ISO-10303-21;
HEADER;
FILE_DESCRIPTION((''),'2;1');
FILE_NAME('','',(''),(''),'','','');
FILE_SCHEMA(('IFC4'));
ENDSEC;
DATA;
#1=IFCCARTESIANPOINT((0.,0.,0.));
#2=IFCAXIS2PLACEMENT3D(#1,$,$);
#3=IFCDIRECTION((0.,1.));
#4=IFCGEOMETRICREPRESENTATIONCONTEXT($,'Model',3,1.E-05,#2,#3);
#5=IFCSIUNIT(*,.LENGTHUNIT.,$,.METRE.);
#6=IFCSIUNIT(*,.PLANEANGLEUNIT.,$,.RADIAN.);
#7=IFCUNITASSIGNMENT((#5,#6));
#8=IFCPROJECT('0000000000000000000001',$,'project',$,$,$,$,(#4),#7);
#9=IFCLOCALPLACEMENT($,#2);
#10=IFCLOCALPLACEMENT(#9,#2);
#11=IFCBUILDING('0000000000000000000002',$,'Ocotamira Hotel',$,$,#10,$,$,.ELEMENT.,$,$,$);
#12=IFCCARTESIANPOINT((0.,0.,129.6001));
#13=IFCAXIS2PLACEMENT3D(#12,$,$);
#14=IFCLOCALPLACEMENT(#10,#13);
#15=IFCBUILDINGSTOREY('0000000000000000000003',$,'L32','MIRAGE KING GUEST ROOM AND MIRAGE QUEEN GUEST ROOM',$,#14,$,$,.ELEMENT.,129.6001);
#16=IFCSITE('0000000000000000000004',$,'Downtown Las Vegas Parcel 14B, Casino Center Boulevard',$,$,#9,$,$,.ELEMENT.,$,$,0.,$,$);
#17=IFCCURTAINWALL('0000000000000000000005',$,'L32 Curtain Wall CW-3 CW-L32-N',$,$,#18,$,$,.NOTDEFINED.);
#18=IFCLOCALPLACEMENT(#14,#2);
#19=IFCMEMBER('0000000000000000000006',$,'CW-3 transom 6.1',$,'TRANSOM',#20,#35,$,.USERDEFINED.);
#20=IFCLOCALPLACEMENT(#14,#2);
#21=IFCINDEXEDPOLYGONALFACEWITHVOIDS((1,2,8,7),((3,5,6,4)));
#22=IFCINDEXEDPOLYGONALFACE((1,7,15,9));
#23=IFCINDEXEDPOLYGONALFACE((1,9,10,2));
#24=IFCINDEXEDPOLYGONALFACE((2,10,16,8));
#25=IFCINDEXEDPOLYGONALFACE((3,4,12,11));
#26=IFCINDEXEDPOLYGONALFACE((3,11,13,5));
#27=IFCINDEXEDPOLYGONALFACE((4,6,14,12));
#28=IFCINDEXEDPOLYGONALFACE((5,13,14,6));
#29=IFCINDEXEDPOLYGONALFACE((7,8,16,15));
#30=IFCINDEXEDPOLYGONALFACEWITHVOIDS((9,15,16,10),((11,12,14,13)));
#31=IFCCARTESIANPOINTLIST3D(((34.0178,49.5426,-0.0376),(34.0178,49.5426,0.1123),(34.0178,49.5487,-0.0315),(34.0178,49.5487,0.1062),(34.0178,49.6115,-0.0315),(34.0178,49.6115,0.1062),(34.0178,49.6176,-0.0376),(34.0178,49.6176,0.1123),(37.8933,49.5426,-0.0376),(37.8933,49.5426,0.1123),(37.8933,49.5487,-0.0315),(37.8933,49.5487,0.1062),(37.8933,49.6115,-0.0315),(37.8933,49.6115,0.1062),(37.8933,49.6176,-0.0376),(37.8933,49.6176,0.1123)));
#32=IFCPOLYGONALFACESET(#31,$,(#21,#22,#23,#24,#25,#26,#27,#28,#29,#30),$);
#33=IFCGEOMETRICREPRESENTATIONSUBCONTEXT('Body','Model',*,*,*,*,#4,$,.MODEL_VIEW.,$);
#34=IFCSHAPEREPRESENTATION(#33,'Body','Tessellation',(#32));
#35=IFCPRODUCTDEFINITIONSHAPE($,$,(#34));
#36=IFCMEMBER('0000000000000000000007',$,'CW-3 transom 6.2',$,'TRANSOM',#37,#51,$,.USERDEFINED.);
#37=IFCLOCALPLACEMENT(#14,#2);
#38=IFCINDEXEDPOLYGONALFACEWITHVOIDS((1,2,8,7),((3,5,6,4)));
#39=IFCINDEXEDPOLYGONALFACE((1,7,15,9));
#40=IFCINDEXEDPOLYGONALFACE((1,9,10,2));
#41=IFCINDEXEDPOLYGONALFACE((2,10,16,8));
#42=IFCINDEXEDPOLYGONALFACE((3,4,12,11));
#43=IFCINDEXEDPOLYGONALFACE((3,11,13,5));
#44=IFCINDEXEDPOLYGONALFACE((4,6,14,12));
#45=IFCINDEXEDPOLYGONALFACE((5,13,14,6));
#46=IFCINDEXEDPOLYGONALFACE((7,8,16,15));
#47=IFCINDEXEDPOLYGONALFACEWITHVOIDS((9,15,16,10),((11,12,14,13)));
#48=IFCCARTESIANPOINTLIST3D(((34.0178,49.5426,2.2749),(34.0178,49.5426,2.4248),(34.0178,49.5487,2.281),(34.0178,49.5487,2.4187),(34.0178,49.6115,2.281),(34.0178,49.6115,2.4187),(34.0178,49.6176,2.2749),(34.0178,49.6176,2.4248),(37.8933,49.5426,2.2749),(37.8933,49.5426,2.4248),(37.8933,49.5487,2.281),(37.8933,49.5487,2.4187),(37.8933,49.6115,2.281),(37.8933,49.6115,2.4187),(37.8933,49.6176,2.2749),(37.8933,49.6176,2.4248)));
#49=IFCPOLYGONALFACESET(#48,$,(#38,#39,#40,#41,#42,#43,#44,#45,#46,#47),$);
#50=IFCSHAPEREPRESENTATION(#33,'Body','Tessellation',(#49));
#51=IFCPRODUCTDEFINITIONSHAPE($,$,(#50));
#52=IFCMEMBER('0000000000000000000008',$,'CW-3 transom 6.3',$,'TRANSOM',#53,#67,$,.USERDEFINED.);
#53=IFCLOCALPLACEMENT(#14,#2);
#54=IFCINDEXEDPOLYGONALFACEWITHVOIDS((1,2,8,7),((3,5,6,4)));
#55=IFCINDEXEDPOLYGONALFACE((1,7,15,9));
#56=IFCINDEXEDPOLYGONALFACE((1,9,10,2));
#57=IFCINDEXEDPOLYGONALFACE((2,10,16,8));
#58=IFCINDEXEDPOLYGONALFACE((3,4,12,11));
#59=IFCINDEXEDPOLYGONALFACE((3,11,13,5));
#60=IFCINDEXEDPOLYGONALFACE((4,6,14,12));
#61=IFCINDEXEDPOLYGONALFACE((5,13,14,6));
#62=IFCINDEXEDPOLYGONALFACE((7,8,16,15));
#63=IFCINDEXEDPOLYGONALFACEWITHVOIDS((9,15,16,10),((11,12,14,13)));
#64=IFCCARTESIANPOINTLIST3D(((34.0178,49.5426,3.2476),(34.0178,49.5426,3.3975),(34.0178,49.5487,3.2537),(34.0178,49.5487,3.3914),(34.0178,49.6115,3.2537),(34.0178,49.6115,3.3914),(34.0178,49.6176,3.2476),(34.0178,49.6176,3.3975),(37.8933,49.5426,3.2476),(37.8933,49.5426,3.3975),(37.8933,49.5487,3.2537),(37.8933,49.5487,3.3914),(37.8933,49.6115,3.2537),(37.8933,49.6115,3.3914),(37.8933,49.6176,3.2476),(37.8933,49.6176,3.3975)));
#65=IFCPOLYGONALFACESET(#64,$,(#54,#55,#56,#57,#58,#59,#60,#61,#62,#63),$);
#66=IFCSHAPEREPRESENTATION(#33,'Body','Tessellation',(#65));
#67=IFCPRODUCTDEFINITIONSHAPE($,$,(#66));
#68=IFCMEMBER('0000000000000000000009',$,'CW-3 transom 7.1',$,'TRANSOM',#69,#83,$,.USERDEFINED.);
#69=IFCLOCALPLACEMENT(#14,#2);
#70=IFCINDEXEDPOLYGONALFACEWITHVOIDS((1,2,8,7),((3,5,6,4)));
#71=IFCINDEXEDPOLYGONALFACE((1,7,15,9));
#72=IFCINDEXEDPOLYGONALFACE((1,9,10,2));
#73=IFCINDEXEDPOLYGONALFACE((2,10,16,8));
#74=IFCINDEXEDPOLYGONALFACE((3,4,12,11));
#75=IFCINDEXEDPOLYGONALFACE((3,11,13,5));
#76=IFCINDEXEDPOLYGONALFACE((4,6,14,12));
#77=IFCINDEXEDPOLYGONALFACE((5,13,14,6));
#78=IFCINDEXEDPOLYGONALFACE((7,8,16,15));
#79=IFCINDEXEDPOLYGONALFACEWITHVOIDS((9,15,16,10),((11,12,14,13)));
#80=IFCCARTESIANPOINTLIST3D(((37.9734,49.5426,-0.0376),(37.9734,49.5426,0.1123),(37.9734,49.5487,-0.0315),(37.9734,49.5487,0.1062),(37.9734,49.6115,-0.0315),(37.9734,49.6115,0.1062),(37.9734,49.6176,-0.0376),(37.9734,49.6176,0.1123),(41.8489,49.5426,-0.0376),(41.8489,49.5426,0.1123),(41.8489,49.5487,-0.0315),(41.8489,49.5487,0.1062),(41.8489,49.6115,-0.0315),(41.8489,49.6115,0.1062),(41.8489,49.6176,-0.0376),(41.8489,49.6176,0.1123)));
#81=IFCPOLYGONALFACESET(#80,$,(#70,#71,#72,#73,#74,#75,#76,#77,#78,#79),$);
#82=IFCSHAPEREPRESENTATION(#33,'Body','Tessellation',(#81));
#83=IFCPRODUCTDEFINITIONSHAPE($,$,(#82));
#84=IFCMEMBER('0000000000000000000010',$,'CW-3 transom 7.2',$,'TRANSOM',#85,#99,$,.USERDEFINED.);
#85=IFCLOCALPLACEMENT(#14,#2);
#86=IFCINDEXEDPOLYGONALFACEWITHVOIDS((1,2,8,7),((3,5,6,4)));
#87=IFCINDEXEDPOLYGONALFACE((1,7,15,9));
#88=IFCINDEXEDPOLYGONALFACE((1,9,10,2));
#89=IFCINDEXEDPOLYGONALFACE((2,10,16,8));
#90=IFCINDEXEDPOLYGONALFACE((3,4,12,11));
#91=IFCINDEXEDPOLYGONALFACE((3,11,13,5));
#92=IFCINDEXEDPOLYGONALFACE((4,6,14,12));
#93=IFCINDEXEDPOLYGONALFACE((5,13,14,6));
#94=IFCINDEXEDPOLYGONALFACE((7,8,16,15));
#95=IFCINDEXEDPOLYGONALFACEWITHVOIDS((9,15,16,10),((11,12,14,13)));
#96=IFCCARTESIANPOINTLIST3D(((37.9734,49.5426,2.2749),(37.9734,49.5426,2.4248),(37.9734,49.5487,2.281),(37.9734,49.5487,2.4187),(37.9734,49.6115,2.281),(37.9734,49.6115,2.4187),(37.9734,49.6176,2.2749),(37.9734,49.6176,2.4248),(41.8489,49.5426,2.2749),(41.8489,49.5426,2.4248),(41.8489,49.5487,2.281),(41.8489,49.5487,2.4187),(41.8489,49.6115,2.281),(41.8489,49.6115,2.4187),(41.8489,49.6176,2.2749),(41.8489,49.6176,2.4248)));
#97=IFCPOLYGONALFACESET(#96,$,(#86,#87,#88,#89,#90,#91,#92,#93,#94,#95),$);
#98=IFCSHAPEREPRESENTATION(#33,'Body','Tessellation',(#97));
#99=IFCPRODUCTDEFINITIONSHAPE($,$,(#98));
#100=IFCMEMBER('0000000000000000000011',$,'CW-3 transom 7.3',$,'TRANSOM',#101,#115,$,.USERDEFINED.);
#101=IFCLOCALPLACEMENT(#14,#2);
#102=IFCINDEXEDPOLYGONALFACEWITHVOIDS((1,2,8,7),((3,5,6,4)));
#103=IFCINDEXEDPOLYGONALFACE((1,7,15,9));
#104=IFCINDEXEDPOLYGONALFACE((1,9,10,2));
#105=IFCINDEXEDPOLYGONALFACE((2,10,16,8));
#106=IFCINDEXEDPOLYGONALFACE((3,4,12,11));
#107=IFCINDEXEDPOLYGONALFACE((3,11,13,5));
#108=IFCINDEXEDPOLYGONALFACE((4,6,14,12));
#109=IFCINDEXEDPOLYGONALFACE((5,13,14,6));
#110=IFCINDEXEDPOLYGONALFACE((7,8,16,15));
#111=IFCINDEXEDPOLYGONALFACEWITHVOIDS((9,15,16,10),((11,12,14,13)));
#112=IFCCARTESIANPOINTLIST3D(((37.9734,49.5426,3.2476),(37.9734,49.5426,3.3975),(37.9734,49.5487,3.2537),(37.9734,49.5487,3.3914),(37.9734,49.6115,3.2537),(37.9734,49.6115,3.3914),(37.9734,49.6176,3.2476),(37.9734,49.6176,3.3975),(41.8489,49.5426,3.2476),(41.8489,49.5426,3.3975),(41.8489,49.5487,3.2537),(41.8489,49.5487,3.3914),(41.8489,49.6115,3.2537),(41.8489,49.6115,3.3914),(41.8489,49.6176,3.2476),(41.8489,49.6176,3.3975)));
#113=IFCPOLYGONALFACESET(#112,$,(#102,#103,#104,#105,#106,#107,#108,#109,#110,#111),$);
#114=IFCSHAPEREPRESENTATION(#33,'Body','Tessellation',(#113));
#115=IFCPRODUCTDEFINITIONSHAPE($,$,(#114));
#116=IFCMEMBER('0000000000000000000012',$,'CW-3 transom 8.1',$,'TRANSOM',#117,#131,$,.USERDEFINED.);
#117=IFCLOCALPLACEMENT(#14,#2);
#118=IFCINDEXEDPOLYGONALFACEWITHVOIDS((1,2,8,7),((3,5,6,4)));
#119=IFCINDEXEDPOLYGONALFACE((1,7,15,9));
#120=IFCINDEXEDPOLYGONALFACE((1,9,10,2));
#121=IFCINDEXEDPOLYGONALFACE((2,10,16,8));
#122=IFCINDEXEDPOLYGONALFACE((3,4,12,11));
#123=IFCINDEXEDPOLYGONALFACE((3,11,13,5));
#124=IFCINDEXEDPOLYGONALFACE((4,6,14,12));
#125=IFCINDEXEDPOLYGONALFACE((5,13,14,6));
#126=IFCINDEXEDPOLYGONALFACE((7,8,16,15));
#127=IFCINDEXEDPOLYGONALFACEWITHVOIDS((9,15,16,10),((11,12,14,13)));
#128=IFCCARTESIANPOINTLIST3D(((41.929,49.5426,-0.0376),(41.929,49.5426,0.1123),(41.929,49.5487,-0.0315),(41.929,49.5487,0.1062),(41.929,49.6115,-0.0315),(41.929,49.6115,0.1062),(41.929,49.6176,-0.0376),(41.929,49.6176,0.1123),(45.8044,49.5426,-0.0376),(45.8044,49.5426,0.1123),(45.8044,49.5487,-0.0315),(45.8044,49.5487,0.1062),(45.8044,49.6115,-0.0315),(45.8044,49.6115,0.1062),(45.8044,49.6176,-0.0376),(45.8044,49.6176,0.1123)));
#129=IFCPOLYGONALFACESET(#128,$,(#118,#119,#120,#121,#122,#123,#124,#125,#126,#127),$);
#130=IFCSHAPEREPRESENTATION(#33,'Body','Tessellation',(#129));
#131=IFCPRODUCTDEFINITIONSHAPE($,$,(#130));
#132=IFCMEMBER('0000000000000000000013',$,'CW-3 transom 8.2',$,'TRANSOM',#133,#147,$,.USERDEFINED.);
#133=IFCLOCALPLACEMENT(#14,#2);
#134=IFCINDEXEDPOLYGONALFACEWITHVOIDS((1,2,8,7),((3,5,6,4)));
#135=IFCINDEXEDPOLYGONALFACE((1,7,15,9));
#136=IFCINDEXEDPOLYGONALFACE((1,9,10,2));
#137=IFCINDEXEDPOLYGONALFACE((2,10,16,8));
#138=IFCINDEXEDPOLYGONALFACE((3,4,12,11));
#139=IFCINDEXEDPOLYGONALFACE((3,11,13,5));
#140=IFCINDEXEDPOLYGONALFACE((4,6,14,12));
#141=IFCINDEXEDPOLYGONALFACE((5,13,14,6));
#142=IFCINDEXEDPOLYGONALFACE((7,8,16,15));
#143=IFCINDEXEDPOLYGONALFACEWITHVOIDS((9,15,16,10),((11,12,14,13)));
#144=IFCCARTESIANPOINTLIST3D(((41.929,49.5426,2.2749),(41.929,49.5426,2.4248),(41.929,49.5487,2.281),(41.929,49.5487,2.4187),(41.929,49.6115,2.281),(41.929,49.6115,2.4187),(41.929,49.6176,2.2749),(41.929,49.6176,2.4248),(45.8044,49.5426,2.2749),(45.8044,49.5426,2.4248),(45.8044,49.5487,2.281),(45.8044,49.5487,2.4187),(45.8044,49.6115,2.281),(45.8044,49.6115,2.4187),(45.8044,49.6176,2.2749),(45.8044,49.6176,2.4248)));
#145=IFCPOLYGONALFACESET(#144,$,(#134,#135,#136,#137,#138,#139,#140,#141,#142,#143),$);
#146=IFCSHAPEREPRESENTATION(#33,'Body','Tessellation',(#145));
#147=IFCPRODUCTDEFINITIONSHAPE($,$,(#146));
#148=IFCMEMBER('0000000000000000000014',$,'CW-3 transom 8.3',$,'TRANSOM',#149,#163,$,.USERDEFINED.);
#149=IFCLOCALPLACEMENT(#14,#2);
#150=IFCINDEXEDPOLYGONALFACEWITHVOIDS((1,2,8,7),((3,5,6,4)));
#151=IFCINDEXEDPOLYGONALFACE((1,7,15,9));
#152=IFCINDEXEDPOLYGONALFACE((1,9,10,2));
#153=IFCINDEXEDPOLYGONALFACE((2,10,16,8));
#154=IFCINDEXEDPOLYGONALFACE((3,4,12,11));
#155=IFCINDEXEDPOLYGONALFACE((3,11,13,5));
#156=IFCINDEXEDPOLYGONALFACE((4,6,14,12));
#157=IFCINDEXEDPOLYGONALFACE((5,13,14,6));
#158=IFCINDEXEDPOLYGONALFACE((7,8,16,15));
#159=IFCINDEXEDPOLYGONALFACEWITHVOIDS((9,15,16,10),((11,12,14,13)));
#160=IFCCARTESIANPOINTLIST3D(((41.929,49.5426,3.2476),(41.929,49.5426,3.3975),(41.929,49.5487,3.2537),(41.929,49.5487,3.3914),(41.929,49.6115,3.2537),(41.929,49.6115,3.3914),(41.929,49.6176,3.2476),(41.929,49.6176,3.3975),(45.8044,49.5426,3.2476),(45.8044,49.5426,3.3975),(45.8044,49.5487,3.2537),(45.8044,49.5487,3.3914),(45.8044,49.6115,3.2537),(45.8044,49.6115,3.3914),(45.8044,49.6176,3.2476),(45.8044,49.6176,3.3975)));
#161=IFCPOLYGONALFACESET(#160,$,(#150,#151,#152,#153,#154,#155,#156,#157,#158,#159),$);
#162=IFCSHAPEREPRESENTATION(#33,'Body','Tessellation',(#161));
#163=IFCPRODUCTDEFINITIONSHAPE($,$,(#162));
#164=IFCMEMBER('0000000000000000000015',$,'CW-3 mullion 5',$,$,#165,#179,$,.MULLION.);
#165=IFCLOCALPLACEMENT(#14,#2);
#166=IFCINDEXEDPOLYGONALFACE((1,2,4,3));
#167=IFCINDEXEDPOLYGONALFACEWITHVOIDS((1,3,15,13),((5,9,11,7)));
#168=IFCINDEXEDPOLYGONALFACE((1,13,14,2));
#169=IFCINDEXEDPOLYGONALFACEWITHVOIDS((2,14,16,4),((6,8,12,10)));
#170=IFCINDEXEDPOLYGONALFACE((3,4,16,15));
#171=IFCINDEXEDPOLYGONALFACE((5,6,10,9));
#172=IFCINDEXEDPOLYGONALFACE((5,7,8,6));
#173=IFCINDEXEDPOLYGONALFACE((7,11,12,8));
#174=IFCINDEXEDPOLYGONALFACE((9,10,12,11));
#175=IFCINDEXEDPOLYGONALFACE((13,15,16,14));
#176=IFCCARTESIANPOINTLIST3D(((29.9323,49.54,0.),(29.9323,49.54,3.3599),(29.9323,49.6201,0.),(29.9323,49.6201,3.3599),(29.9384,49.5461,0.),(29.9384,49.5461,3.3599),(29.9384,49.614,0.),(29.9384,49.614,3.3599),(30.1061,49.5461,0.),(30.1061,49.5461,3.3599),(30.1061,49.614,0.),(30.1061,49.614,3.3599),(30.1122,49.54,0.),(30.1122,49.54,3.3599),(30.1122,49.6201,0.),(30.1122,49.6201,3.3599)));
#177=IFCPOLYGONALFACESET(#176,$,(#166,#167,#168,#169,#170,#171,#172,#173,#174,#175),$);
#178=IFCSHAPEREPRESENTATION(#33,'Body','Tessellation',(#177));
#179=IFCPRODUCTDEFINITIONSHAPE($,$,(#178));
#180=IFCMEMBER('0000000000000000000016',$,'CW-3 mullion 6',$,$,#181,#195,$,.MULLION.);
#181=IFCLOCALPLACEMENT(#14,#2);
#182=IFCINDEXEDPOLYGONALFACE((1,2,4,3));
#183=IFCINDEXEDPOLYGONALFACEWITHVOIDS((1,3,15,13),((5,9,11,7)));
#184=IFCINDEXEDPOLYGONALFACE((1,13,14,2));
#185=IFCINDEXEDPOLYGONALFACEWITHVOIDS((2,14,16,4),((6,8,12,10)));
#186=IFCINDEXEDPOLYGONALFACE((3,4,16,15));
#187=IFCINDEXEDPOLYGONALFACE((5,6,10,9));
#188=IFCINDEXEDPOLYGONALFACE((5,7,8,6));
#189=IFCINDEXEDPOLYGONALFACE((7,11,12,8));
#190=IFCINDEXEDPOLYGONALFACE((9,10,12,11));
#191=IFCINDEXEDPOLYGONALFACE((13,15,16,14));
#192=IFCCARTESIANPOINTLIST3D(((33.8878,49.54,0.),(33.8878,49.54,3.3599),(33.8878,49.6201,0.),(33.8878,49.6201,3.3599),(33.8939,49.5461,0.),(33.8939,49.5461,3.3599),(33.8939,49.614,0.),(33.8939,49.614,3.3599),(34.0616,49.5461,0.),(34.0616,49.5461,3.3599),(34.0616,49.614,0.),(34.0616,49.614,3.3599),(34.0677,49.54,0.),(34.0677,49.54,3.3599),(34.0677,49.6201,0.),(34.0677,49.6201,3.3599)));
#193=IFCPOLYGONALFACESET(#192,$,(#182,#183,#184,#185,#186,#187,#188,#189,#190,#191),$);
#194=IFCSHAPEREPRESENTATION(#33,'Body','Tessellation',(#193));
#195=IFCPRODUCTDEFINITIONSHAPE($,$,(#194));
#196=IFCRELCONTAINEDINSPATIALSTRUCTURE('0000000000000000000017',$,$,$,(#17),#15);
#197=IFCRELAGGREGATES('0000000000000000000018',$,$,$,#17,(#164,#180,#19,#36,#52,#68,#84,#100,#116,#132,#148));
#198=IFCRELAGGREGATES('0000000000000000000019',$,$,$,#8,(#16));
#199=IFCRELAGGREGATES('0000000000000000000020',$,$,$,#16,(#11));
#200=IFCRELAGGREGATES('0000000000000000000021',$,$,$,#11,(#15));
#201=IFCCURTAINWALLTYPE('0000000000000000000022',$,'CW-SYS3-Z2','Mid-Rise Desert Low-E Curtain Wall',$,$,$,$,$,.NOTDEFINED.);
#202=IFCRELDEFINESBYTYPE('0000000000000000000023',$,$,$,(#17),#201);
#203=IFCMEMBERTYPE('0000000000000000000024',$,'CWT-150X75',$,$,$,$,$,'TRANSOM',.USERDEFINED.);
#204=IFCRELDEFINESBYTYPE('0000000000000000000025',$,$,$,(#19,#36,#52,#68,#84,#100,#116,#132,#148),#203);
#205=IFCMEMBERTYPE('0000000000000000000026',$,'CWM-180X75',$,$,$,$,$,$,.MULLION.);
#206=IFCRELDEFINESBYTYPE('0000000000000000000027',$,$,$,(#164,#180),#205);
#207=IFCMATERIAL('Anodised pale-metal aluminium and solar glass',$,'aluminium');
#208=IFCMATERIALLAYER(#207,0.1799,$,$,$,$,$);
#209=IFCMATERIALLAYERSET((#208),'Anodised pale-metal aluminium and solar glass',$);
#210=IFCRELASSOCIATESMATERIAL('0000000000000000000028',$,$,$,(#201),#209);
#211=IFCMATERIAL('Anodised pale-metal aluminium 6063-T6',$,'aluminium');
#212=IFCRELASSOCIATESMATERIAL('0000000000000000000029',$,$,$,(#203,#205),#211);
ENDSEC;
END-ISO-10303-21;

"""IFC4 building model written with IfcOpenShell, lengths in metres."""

from ifc_helpers import new_model, si_unit, direction, frame, origin, origin_2d, place, context, subcontext, project, spatial, hollow_rectangle, extrude, source, transform, mapped, material, layer, layer_set, material_profile, profile_set, type_object, element, aggregate, save


model = new_model("IFC4")

# Units and contexts
model_context = context("Model", 3, precision=1e-05, world=origin(), true_north=direction((0.0, 1.0)))
body_context = subcontext(model_context, "Body", "Model", "MODEL_VIEW")
ifc_project = project(units=[si_unit("LENGTHUNIT", "METRE"), si_unit("PLANEANGLEUNIT", "RADIAN")], contexts=[model_context])

# Site, building, storey
site_placement = place(None, origin())
site = spatial("IfcSite", under=ifc_project, at=site_placement, Name="Downtown Las Vegas Parcel 14B, Casino Center Boulevard", CompositionType="ELEMENT", RefElevation=0.0)
building_placement = place(site_placement, origin())
building = spatial("IfcBuilding", under=site, at=building_placement, Name="Ocotamira Hotel", CompositionType="ELEMENT")
storey_placement = place(building_placement, frame((0.0, 0.0, 129.6001)))
storey = spatial("IfcBuildingStorey", under=building, at=storey_placement, Name="L32", Description="MIRAGE KING GUEST ROOM AND MIRAGE QUEEN GUEST ROOM", CompositionType="ELEMENT", Elevation=129.6001)

# Curtain wall, members
ifc_material_1 = material(Name="Anodised pale-metal aluminium and solar glass", Category="aluminium")
ifc_layer_1 = layer(ifc_material_1, 0.1799)
ifc_layer_set_1 = layer_set([ifc_layer_1], Name="Anodised pale-metal aluminium and solar glass")
curtain_wall_type = type_object("IfcCurtainWallType", Name="CW-SYS3-Z2", Description="Mid-Rise Desert Low-E Curtain Wall", PredefinedType="NOTDEFINED", material=ifc_layer_set_1)
curtain_wall_placement = place(storey_placement, origin())
curtain_wall = element("IfcCurtainWall", 1, at=curtain_wall_placement, inside=storey, type_object=curtain_wall_type, Name="L32 Curtain Wall CW-3 CW-L32-N", PredefinedType="NOTDEFINED")
ifc_material_2 = material(Name="Anodised pale-metal aluminium 6063-T6", Category="aluminium")
ifc_material_profile_1 = material_profile(ifc_material_2, hollow_rectangle(XDim=0.075, YDim=0.1499, WallThickness=0.0061, at=origin_2d()), Name="HSS150X75X6")
ifc_profile_set_1 = profile_set([ifc_material_profile_1], Name="Anodised pale-metal aluminium 6063-T6")
member_type_1 = type_object("IfcMemberType", Name="CWT-150X75", ElementType="TRANSOM", PredefinedType="USERDEFINED", material=ifc_profile_set_1)
shared_shape_1 = source(origin(), body_context, "Body", "SweptSolid", [
    extrude(hollow_rectangle(XDim=0.075, YDim=0.1499, WallThickness=0.0061, at=origin_2d()), origin(), (0.0, 0.0, 1.0), 3.8755),
])
member_1_placement = place(storey_placement, frame((34.0178, 49.5801, 0.0374), z_axis=(1.0, 0.0, 0.0), x_axis=(0.0, 1.0, 0.0)))
member_1 = element("IfcMember", 2, at=member_1_placement, type_object=member_type_1, Name="CW-3 transom 6.1", ObjectType="TRANSOM", PredefinedType="USERDEFINED", context=body_context, shape_type="MappedRepresentation", body=[
    mapped(shared_shape_1, transform((0.0, 0.0, 0.0), scale=1.0)),
])
member_2_placement = place(storey_placement, frame((34.0178, 49.5801, 2.3499), z_axis=(1.0, 0.0, 0.0), x_axis=(0.0, 1.0, 0.0)))
member_2 = element("IfcMember", 3, at=member_2_placement, type_object=member_type_1, Name="CW-3 transom 6.2", ObjectType="TRANSOM", PredefinedType="USERDEFINED", context=body_context, shape_type="MappedRepresentation", body=[
    mapped(shared_shape_1, transform((0.0, 0.0, 0.0), scale=1.0)),
])
member_3_placement = place(storey_placement, frame((34.0178, 49.5801, 3.3225), z_axis=(1.0, 0.0, 0.0), x_axis=(0.0, 1.0, 0.0)))
member_3 = element("IfcMember", 4, at=member_3_placement, type_object=member_type_1, Name="CW-3 transom 6.3", ObjectType="TRANSOM", PredefinedType="USERDEFINED", context=body_context, shape_type="MappedRepresentation", body=[
    mapped(shared_shape_1, transform((0.0, 0.0, 0.0), scale=1.0)),
])
member_4_placement = place(storey_placement, frame((37.9734, 49.5801, 0.0374), z_axis=(1.0, 0.0, 0.0), x_axis=(0.0, 1.0, 0.0)))
member_4 = element("IfcMember", 5, at=member_4_placement, type_object=member_type_1, Name="CW-3 transom 7.1", ObjectType="TRANSOM", PredefinedType="USERDEFINED", context=body_context, shape_type="MappedRepresentation", body=[
    mapped(shared_shape_1, transform((0.0, 0.0, 0.0), scale=1.0)),
])
member_5_placement = place(storey_placement, frame((37.9734, 49.5801, 2.3499), z_axis=(1.0, 0.0, 0.0), x_axis=(0.0, 1.0, 0.0)))
member_5 = element("IfcMember", 6, at=member_5_placement, type_object=member_type_1, Name="CW-3 transom 7.2", ObjectType="TRANSOM", PredefinedType="USERDEFINED", context=body_context, shape_type="MappedRepresentation", body=[
    mapped(shared_shape_1, transform((0.0, 0.0, 0.0), scale=1.0)),
])
member_6_placement = place(storey_placement, frame((37.9734, 49.5801, 3.3225), z_axis=(1.0, 0.0, 0.0), x_axis=(0.0, 1.0, 0.0)))
member_6 = element("IfcMember", 7, at=member_6_placement, type_object=member_type_1, Name="CW-3 transom 7.3", ObjectType="TRANSOM", PredefinedType="USERDEFINED", context=body_context, shape_type="MappedRepresentation", body=[
    mapped(shared_shape_1, transform((0.0, 0.0, 0.0), scale=1.0)),
])
member_7_placement = place(storey_placement, frame((41.929, 49.5801, 0.0374), z_axis=(1.0, 0.0, 0.0), x_axis=(0.0, 1.0, 0.0)))
member_7 = element("IfcMember", 8, at=member_7_placement, type_object=member_type_1, Name="CW-3 transom 8.1", ObjectType="TRANSOM", PredefinedType="USERDEFINED", context=body_context, shape_type="MappedRepresentation", body=[
    mapped(shared_shape_1, transform((0.0, 0.0, 0.0), scale=1.0)),
])
member_8_placement = place(storey_placement, frame((41.929, 49.5801, 2.3499), z_axis=(1.0, 0.0, 0.0), x_axis=(0.0, 1.0, 0.0)))
member_8 = element("IfcMember", 9, at=member_8_placement, type_object=member_type_1, Name="CW-3 transom 8.2", ObjectType="TRANSOM", PredefinedType="USERDEFINED", context=body_context, shape_type="MappedRepresentation", body=[
    mapped(shared_shape_1, transform((0.0, 0.0, 0.0), scale=1.0)),
])
member_9_placement = place(storey_placement, frame((41.929, 49.5801, 3.3225), z_axis=(1.0, 0.0, 0.0), x_axis=(0.0, 1.0, 0.0)))
member_9 = element("IfcMember", 10, at=member_9_placement, type_object=member_type_1, Name="CW-3 transom 8.3", ObjectType="TRANSOM", PredefinedType="USERDEFINED", context=body_context, shape_type="MappedRepresentation", body=[
    mapped(shared_shape_1, transform((0.0, 0.0, 0.0), scale=1.0)),
])
ifc_material_profile_2 = material_profile(ifc_material_2, hollow_rectangle(XDim=0.0801, YDim=0.1799, WallThickness=0.0061, at=origin_2d()), Name="HSS180X80X6")
ifc_profile_set_2 = profile_set([ifc_material_profile_2], Name="Anodised pale-metal aluminium 6063-T6")
member_type_2 = type_object("IfcMemberType", Name="CWM-180X75", PredefinedType="MULLION", material=ifc_profile_set_2)
shared_shape_2 = source(origin(), body_context, "Body", "SweptSolid", [
    extrude(hollow_rectangle(XDim=0.0801, YDim=0.1799, WallThickness=0.0061, at=origin_2d()), origin(), (0.0, 0.0, 1.0), 3.3599),
])
member_10_placement = place(storey_placement, frame((30.0222, 49.5801, 0.0), z_axis=(0.0, 0.0, 1.0), x_axis=(0.0, 1.0, 0.0)))
member_10 = element("IfcMember", 11, at=member_10_placement, type_object=member_type_2, Name="CW-3 mullion 5", PredefinedType="MULLION", context=body_context, shape_type="MappedRepresentation", body=[
    mapped(shared_shape_2, transform((0.0, 0.0, 0.0), scale=1.0)),
])
member_11_placement = place(storey_placement, frame((33.9778, 49.5801, 0.0), z_axis=(0.0, 0.0, 1.0), x_axis=(0.0, 1.0, 0.0)))
member_11 = element("IfcMember", 12, at=member_11_placement, type_object=member_type_2, Name="CW-3 mullion 6", PredefinedType="MULLION", context=body_context, shape_type="MappedRepresentation", body=[
    mapped(shared_shape_2, transform((0.0, 0.0, 0.0), scale=1.0)),
])

aggregate(curtain_wall, [member_10, member_11, member_1, member_2, member_3, member_4, member_5, member_6, member_7, member_8, member_9])

save(model, "model.ifc")
